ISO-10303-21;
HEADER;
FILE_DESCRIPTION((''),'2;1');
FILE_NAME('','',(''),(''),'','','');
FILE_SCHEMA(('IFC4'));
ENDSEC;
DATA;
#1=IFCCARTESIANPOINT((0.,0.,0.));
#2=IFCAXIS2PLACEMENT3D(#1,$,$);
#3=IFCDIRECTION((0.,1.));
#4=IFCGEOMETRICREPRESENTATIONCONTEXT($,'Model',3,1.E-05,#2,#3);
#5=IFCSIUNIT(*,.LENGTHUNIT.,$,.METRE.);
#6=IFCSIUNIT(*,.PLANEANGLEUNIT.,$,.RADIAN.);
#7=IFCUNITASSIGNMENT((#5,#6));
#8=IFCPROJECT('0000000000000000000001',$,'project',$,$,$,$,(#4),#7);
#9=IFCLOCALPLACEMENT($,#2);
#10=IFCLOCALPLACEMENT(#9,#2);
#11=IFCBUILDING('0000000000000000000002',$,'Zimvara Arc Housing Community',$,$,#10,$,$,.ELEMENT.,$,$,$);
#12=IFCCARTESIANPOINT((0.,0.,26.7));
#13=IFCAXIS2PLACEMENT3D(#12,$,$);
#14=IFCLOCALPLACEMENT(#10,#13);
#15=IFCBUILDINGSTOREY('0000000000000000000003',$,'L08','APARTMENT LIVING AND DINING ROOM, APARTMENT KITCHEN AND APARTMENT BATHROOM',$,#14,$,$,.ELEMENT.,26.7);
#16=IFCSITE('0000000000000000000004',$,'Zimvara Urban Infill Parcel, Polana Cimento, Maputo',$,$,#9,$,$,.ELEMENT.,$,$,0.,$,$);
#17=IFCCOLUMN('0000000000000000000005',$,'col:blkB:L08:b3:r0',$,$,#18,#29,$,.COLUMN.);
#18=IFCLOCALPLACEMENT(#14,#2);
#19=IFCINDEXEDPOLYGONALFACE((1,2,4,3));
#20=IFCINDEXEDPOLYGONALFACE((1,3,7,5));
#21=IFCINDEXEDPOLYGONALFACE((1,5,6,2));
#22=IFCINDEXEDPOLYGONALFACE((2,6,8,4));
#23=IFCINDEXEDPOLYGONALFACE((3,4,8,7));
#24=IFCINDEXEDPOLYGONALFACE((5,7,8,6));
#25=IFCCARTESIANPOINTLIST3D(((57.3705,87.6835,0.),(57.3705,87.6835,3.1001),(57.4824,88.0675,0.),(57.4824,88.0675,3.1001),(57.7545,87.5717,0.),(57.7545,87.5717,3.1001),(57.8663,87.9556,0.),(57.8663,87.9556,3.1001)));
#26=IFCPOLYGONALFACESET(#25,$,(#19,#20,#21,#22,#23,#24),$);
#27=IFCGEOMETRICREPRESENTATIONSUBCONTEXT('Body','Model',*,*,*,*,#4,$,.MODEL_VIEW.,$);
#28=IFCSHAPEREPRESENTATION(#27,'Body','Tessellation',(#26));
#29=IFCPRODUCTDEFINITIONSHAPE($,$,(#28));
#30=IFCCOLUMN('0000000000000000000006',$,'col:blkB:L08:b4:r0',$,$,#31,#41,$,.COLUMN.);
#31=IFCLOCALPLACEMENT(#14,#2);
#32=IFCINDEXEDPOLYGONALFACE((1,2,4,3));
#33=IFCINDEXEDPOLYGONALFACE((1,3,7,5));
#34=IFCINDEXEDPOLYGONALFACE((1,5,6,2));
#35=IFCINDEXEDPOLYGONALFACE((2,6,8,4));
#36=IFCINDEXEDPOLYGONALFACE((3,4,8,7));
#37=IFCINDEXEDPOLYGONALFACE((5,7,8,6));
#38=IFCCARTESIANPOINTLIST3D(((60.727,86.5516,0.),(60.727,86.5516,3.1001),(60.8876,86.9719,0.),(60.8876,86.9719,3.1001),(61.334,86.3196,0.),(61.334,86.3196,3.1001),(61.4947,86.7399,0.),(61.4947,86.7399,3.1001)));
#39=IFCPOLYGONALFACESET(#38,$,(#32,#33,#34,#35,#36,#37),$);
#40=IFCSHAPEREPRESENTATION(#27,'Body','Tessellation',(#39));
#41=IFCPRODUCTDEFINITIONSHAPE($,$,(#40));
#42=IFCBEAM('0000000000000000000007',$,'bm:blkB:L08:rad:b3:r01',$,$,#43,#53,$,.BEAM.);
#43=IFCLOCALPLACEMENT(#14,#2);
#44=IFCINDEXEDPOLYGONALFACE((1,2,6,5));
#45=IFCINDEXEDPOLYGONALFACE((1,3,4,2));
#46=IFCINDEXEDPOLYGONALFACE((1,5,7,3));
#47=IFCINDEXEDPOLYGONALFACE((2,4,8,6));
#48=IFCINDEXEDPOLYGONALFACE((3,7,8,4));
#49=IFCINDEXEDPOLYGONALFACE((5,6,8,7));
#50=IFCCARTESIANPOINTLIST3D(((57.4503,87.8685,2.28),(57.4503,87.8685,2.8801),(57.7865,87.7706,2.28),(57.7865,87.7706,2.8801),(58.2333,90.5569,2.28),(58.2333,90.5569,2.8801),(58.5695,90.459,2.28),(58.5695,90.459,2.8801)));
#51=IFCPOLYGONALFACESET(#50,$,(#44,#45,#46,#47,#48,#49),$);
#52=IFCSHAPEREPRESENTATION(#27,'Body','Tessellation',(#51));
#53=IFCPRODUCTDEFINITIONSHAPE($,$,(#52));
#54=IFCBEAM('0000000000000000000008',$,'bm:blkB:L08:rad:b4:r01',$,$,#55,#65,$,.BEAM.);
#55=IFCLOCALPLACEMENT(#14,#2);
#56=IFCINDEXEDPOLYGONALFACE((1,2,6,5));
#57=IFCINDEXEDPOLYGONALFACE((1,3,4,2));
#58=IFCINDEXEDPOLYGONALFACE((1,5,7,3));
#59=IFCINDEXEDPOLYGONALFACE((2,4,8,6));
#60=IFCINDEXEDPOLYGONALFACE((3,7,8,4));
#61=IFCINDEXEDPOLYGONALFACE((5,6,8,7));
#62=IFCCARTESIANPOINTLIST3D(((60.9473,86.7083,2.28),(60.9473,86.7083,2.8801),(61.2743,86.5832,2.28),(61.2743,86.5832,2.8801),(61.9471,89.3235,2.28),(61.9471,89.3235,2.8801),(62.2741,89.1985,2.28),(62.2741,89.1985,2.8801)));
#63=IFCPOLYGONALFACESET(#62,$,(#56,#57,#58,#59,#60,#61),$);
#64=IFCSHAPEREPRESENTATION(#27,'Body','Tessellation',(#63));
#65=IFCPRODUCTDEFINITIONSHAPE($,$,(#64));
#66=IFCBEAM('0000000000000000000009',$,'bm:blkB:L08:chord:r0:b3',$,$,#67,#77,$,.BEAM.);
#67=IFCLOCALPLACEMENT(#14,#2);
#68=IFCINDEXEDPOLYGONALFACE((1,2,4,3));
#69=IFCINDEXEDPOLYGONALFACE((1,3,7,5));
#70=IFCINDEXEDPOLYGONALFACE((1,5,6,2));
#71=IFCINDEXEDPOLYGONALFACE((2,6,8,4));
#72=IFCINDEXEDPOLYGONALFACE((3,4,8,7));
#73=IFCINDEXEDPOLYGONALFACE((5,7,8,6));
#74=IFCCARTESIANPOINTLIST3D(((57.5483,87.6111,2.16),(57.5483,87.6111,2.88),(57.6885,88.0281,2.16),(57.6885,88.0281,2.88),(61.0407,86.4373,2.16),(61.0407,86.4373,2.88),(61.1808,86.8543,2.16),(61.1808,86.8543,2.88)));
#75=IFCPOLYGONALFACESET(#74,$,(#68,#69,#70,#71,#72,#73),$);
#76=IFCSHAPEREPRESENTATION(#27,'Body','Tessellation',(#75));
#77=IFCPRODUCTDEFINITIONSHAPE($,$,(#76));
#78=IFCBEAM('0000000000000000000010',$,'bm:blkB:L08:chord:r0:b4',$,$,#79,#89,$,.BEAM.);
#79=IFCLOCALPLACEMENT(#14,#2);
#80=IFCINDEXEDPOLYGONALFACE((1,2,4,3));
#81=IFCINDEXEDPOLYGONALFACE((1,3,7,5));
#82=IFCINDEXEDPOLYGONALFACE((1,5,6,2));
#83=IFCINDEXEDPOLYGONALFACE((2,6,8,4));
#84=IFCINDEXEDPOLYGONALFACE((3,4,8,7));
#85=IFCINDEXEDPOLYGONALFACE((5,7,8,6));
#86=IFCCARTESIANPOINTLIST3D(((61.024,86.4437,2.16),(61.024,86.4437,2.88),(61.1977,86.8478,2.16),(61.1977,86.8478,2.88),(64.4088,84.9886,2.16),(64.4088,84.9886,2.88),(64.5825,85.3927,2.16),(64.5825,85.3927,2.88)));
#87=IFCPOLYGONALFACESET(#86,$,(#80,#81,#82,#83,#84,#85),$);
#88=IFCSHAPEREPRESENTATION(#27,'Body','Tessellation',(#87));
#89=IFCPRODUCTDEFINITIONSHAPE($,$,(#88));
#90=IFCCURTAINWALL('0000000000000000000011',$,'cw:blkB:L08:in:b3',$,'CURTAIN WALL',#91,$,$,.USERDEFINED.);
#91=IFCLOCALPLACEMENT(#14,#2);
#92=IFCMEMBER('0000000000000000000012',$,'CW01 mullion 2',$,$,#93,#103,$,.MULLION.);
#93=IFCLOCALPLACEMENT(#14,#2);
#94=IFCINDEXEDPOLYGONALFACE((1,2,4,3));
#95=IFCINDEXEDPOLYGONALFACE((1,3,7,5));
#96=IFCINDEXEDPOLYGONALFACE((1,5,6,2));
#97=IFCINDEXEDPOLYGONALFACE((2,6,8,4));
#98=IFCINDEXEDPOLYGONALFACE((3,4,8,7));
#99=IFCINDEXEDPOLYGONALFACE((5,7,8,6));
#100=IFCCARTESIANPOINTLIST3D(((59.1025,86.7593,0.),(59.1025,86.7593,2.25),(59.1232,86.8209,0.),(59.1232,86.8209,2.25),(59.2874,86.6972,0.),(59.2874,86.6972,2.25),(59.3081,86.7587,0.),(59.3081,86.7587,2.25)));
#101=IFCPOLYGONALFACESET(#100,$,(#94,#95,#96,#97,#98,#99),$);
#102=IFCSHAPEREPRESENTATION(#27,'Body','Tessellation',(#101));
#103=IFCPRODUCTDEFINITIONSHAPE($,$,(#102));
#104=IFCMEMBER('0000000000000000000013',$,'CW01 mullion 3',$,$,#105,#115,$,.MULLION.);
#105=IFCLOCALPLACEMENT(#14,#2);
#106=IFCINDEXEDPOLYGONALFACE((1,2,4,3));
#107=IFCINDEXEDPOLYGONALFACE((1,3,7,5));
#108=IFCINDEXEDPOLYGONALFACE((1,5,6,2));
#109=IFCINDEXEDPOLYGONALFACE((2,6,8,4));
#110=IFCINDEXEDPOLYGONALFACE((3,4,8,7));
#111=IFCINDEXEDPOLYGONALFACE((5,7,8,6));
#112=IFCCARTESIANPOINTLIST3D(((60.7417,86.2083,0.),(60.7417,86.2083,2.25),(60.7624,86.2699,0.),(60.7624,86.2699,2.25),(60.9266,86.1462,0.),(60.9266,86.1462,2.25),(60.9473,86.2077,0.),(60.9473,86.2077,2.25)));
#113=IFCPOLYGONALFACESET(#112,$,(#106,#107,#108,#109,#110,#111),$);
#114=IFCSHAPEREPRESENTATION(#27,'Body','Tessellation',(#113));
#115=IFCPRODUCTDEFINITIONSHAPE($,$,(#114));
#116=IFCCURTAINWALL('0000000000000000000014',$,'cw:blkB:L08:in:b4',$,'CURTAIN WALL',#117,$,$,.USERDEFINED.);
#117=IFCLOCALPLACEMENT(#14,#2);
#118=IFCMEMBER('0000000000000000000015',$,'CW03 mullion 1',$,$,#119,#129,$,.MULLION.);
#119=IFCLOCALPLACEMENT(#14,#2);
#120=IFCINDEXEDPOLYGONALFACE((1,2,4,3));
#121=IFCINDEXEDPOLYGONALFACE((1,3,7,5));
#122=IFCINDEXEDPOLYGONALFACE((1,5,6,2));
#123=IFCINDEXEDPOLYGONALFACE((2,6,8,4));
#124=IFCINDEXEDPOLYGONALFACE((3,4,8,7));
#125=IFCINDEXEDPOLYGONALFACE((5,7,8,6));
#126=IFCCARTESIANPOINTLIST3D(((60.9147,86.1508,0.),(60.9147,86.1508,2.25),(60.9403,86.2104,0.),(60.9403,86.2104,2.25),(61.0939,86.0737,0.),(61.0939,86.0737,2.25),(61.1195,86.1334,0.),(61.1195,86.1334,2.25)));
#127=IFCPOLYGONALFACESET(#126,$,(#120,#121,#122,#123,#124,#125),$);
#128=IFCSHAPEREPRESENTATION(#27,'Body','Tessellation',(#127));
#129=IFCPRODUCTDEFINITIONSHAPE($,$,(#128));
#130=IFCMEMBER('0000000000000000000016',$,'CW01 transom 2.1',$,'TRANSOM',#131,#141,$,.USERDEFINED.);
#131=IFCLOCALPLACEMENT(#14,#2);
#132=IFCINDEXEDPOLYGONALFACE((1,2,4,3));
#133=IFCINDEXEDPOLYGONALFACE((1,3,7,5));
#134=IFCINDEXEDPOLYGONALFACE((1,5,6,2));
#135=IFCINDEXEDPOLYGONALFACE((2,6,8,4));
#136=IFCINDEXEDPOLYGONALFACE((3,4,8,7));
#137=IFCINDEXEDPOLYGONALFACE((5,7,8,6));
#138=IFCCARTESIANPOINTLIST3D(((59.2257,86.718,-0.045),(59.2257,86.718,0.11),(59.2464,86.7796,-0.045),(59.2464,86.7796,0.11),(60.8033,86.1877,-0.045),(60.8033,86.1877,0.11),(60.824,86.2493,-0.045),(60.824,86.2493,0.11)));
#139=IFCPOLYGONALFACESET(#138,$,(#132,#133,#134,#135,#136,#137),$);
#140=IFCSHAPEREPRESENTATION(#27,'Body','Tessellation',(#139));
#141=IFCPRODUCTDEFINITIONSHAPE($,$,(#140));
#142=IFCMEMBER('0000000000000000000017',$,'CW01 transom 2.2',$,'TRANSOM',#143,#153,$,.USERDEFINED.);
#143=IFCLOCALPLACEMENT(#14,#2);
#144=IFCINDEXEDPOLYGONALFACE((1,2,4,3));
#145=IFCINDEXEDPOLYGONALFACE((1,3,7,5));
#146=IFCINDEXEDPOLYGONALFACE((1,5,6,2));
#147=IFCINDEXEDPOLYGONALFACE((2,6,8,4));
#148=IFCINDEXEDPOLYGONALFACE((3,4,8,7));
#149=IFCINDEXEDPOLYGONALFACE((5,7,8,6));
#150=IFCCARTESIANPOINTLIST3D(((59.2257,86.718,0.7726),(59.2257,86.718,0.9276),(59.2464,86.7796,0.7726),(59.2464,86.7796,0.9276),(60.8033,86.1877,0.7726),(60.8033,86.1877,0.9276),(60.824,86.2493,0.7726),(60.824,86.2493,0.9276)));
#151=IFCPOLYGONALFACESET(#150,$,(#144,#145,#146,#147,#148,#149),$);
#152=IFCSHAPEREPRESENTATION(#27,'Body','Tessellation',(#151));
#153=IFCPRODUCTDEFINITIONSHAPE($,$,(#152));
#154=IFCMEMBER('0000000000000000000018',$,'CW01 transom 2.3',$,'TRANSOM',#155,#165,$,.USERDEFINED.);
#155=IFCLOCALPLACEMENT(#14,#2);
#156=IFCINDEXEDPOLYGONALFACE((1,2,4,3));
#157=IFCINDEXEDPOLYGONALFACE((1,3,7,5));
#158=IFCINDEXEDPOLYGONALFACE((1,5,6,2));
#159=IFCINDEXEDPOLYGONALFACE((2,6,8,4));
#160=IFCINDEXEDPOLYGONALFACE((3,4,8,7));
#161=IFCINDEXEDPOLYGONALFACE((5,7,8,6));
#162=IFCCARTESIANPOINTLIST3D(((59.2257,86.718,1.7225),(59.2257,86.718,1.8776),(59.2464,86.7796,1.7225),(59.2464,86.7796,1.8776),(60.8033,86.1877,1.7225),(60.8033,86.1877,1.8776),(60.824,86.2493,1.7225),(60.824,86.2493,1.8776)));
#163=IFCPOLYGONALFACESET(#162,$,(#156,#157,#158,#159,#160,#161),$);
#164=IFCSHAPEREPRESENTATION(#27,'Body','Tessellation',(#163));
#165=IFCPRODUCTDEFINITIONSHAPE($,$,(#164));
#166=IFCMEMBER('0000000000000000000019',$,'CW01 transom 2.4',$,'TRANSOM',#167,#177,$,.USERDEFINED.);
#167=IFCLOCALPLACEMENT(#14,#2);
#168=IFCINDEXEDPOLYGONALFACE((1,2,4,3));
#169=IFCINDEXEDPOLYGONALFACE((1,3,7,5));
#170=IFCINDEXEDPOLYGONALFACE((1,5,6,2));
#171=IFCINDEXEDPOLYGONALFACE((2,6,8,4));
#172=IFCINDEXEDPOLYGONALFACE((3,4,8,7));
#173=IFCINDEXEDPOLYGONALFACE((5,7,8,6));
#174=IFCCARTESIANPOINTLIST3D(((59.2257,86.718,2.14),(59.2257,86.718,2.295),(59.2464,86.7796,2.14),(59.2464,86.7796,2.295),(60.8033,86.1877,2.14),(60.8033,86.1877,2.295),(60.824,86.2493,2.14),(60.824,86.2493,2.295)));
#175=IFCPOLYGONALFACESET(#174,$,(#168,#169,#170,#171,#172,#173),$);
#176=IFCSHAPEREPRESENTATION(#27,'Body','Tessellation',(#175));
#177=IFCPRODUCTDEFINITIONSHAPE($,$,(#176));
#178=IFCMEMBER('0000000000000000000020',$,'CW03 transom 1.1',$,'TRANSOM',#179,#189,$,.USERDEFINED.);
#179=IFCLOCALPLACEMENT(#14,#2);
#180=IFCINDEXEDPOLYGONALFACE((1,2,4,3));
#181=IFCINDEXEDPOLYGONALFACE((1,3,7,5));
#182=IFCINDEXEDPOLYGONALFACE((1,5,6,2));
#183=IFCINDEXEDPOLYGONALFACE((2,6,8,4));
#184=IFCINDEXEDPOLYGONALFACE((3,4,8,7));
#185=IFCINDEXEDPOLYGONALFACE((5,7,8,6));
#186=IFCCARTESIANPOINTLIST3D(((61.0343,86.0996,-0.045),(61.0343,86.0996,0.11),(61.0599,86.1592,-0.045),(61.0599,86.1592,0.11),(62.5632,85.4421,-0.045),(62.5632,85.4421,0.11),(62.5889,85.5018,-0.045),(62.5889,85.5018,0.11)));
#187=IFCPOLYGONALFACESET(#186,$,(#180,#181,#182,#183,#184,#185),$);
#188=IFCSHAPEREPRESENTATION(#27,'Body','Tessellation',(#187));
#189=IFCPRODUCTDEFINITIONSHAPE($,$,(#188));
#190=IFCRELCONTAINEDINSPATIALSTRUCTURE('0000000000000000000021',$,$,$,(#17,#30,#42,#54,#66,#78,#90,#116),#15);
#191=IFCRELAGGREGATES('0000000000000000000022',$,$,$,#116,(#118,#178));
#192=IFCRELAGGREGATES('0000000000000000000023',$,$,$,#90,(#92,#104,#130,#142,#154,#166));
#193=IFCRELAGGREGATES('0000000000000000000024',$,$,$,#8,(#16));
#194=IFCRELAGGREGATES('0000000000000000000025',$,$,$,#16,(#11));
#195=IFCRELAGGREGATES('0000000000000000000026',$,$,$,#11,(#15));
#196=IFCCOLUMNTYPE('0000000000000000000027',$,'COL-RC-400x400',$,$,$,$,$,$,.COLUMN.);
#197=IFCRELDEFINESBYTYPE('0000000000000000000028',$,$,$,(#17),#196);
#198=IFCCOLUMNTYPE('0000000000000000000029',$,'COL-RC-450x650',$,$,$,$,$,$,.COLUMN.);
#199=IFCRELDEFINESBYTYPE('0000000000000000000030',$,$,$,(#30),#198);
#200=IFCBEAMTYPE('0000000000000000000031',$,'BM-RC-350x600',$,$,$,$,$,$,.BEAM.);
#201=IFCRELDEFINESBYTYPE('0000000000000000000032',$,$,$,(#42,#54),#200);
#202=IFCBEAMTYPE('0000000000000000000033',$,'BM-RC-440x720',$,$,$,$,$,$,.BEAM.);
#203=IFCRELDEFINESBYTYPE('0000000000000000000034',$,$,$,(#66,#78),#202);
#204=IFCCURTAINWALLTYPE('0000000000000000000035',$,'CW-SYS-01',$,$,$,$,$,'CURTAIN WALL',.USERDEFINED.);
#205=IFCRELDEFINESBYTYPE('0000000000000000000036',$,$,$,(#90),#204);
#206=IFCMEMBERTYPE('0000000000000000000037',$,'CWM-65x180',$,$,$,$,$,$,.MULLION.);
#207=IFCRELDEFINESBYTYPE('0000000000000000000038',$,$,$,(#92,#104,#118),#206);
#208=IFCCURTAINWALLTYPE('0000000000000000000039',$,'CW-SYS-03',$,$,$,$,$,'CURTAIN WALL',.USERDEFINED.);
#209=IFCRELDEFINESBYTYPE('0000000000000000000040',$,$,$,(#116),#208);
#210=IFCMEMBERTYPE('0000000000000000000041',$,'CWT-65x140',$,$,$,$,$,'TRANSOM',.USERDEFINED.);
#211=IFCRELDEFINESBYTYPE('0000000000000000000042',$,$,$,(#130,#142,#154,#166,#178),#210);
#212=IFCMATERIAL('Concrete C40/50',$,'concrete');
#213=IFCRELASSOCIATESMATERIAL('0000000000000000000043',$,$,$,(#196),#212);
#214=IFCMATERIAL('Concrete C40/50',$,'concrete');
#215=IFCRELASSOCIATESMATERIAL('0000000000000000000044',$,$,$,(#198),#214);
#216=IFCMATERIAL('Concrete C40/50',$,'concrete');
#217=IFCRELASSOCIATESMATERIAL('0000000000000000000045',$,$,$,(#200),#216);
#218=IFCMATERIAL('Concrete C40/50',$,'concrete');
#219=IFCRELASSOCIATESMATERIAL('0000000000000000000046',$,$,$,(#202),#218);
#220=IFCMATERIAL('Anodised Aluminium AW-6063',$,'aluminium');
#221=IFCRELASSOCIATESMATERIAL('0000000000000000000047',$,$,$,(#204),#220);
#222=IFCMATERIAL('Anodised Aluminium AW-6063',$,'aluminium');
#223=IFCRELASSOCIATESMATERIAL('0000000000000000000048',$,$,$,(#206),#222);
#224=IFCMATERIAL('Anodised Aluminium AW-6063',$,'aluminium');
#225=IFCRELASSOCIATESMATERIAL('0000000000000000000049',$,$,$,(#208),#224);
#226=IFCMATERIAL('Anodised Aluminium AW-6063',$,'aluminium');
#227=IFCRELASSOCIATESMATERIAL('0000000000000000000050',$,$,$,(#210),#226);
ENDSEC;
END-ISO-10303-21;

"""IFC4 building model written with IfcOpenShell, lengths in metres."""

from ifc_helpers import new_model, si_unit, direction, frame, origin, origin_2d, place, context, subcontext, project, spatial, rectangle, extrude, material, material_profile, profile_set, type_object, element, aggregate, save


model = new_model("IFC4")

# Units and contexts
model_context = context("Model", 3, precision=1e-05, world=origin(), true_north=direction((0.0, 1.0)))
body_context = subcontext(model_context, "Body", "Model", "MODEL_VIEW")
ifc_project = project(units=[si_unit("LENGTHUNIT", "METRE"), si_unit("PLANEANGLEUNIT", "RADIAN")], contexts=[model_context])

# Site, building, storey
site_placement = place(None, origin())
site = spatial("IfcSite", under=ifc_project, at=site_placement, Name="Zimvara Urban Infill Parcel, Polana Cimento, Maputo", CompositionType="ELEMENT", RefElevation=0.0)
building_placement = place(site_placement, origin())
building = spatial("IfcBuilding", under=site, at=building_placement, Name="Zimvara Arc Housing Community", CompositionType="ELEMENT")
storey_placement = place(building_placement, frame((0.0, 0.0, 26.7)))
storey = spatial("IfcBuildingStorey", under=building, at=storey_placement, Name="L08", Description="APARTMENT LIVING AND DINING ROOM, APARTMENT KITCHEN AND APARTMENT BATHROOM", CompositionType="ELEMENT", Elevation=26.7)

# Columns
ifc_material_1 = material(Name="Concrete C40/50", Category="concrete")
ifc_material_profile_1 = material_profile(ifc_material_1, rectangle(XDim=0.3999, YDim=0.3999, at=origin_2d()), Name="RC 400x400")
ifc_profile_set_1 = profile_set([ifc_material_profile_1], Name="Concrete C40/50")
column_type_1 = type_object("IfcColumnType", Name="COL-RC-400x400", PredefinedType="COLUMN", material=ifc_profile_set_1)
column_1_placement = place(storey_placement, frame((57.6184, 87.8196, 0.0), z_axis=(0.0, 0.0, 1.0), x_axis=(0.279661, 0.960099, 0.0)))
element("IfcColumn", 1, at=column_1_placement, inside=storey, type_object=column_type_1, Name="col:blkB:L08:b3:r0", PredefinedType="COLUMN", context=body_context, shape_type="SweptSolid", body=[
    extrude(rectangle(XDim=0.3999, YDim=0.3999, at=origin_2d()), origin(), (0.0, 0.0, 1.0), 3.1001),
])
ifc_material_2 = material(Name="Concrete C40/50", Category="concrete")
ifc_material_profile_2 = material_profile(ifc_material_2, rectangle(XDim=0.45, YDim=0.6499, at=origin_2d()), Name="RC 450x650")
ifc_profile_set_2 = profile_set([ifc_material_profile_2], Name="Concrete C40/50")
column_type_2 = type_object("IfcColumnType", Name="COL-RC-450x650", PredefinedType="COLUMN", material=ifc_profile_set_2)
column_2_placement = place(storey_placement, frame((61.1108, 86.6458, 0.0), z_axis=(0.0, 0.0, 1.0), x_axis=(0.357064, 0.93408, 0.0)))
element("IfcColumn", 2, at=column_2_placement, inside=storey, type_object=column_type_2, Name="col:blkB:L08:b4:r0", PredefinedType="COLUMN", context=body_context, shape_type="SweptSolid", body=[
    extrude(rectangle(XDim=0.45, YDim=0.6499, at=origin_2d()), origin(), (0.0, 0.0, 1.0), 3.1001),
])

# Beams
ifc_material_3 = material(Name="Concrete C40/50", Category="concrete")
ifc_material_profile_3 = material_profile(ifc_material_3, rectangle(XDim=0.3501, YDim=0.6001, at=origin_2d()), Name="RC 350x600")
ifc_profile_set_3 = profile_set([ifc_material_profile_3], Name="Concrete C40/50")
beam_type_1 = type_object("IfcBeamType", Name="BM-RC-350x600", PredefinedType="BEAM", material=ifc_profile_set_3)
beam_1_placement = place(storey_placement, frame((57.6184, 87.8196, 2.5801), z_axis=(0.279635, 0.960106, 0.0), x_axis=(-0.960106, 0.279635, 0.0)))
element("IfcBeam", 3, at=beam_1_placement, inside=storey, type_object=beam_type_1, Name="bm:blkB:L08:rad:b3:r01", PredefinedType="BEAM", context=body_context, shape_type="SweptSolid", body=[
    extrude(rectangle(XDim=0.3501, YDim=0.6001, at=origin_2d()), origin(), (0.0, 0.0, 1.0), 2.8),
])
beam_2_placement = place(storey_placement, frame((61.1108, 86.6458, 2.5801), z_axis=(0.357079, 0.934074, 0.0), x_axis=(-0.934074, 0.357079, 0.0)))
element("IfcBeam", 4, at=beam_2_placement, inside=storey, type_object=beam_type_1, Name="bm:blkB:L08:rad:b4:r01", PredefinedType="BEAM", context=body_context, shape_type="SweptSolid", body=[
    extrude(rectangle(XDim=0.3501, YDim=0.6001, at=origin_2d()), origin(), (0.0, 0.0, 1.0), 2.7998),
])
ifc_material_4 = material(Name="Concrete C40/50", Category="concrete")
ifc_material_profile_4 = material_profile(ifc_material_4, rectangle(XDim=0.4399, YDim=0.72, at=origin_2d()), Name="RC 440x720")
ifc_profile_set_4 = profile_set([ifc_material_profile_4], Name="Concrete C40/50")
beam_type_2 = type_object("IfcBeamType", Name="BM-RC-440x720", PredefinedType="BEAM", material=ifc_profile_set_4)
for number, where, z_axis, x_axis, name in (
    (5, (57.6184, 87.8196, 2.52), (0.947892, -0.318592, 0.0), (0.318592, 0.947892, 0.0), "bm:blkB:L08:chord:r0:b3"),
    (6, (61.1108, 86.6458, 2.52), (0.918706, -0.394943, 0.0), (0.394943, 0.918706, 0.0), "bm:blkB:L08:chord:r0:b4"),
):
    element("IfcBeam", number, at=place(storey_placement, frame(where, z_axis=z_axis, x_axis=x_axis)), inside=storey, type_object=beam_type_2, Name=name, PredefinedType="BEAM", context=body_context, shape_type="SweptSolid", body=[
        extrude(rectangle(XDim=0.4399, YDim=0.72, at=origin_2d()), origin(), (0.0, 0.0, 1.0), 3.6843),
    ])

# Curtain wall, members
ifc_material_5 = material(Name="Anodised Aluminium AW-6063", Category="aluminium")
curtain_wall_type_1 = type_object("IfcCurtainWallType", Name="CW-SYS-01", ElementType="CURTAIN WALL", PredefinedType="USERDEFINED", material=ifc_material_5)
curtain_wall_1_placement = place(storey_placement, origin())
curtain_wall_1 = element("IfcCurtainWall", 7, at=curtain_wall_1_placement, inside=storey, type_object=curtain_wall_type_1, Name="cw:blkB:L08:in:b3", ObjectType="CURTAIN WALL", PredefinedType="USERDEFINED")
ifc_material_6 = material(Name="Anodised Aluminium AW-6063", Category="aluminium")
ifc_material_profile_5 = material_profile(ifc_material_6, rectangle(XDim=0.0649, YDim=0.1951, at=origin_2d()), Name="ALU 65x195")
ifc_profile_set_5 = profile_set([ifc_material_profile_5], Name="Anodised Aluminium AW-6063")
member_type_1 = type_object("IfcMemberType", Name="CWM-65x180", PredefinedType="MULLION", material=ifc_profile_set_5)
member_1_placement = place(storey_placement, frame((59.2053, 86.759, 0.0), z_axis=(0.0, 0.0, 1.0), x_axis=(0.31863, 0.947879, 0.0)))
member_1 = element("IfcMember", 8, at=member_1_placement, type_object=member_type_1, Name="CW01 mullion 2", PredefinedType="MULLION", context=body_context, shape_type="SweptSolid", body=[
    extrude(rectangle(XDim=0.0649, YDim=0.1951, at=origin_2d()), origin(), (0.0, 0.0, 1.0), 2.25),
])
member_2_placement = place(storey_placement, frame((60.8445, 86.208, 0.0), z_axis=(0.0, 0.0, 1.0), x_axis=(0.31863, 0.947879, 0.0)))
member_2 = element("IfcMember", 9, at=member_2_placement, type_object=member_type_1, Name="CW01 mullion 3", PredefinedType="MULLION", context=body_context, shape_type="SweptSolid", body=[
    extrude(rectangle(XDim=0.0649, YDim=0.1951, at=origin_2d()), origin(), (0.0, 0.0, 1.0), 2.25),
])

# Curtain wall, member
ifc_material_7 = material(Name="Anodised Aluminium AW-6063", Category="aluminium")
curtain_wall_type_2 = type_object("IfcCurtainWallType", Name="CW-SYS-03", ElementType="CURTAIN WALL", PredefinedType="USERDEFINED", material=ifc_material_7)
curtain_wall_2_placement = place(storey_placement, origin())
curtain_wall_2 = element("IfcCurtainWall", 10, at=curtain_wall_2_placement, inside=storey, type_object=curtain_wall_type_2, Name="cw:blkB:L08:in:b4", ObjectType="CURTAIN WALL", PredefinedType="USERDEFINED")
member_3_placement = place(storey_placement, frame((61.0171, 86.1421, 0.0), z_axis=(0.0, 0.0, 1.0), x_axis=(0.394904, 0.918722, 0.0)))
member_3 = element("IfcMember", 11, at=member_3_placement, type_object=member_type_1, Name="CW03 mullion 1", PredefinedType="MULLION", context=body_context, shape_type="SweptSolid", body=[
    extrude(rectangle(XDim=0.0649, YDim=0.1951, at=origin_2d()), origin(), (0.0, 0.0, 1.0), 2.25),
])

# Members
ifc_material_8 = material(Name="Anodised Aluminium AW-6063", Category="aluminium")
ifc_material_profile_6 = material_profile(ifc_material_8, rectangle(XDim=0.0649, YDim=0.155, at=origin_2d()), Name="ALU 65x155")
ifc_profile_set_6 = profile_set([ifc_material_profile_6], Name="Anodised Aluminium AW-6063")
member_type_2 = type_object("IfcMemberType", Name="CWT-65x140", ElementType="TRANSOM", PredefinedType="USERDEFINED", material=ifc_profile_set_6)
member_4_placement = place(storey_placement, frame((59.2361, 86.7488, 0.0325), z_axis=(0.947888, -0.318603, 0.0), x_axis=(0.318603, 0.947888, 0.0)))
member_4 = element("IfcMember", 12, at=member_4_placement, type_object=member_type_2, Name="CW01 transom 2.1", ObjectType="TRANSOM", PredefinedType="USERDEFINED", context=body_context, shape_type="SweptSolid", body=[
    extrude(rectangle(XDim=0.0649, YDim=0.155, at=origin_2d()), origin(), (0.0, 0.0, 1.0), 1.6643),
])
member_5_placement = place(storey_placement, frame((59.2361, 86.7488, 0.8501), z_axis=(0.947888, -0.318603, 0.0), x_axis=(0.318603, 0.947888, 0.0)))
member_5 = element("IfcMember", 13, at=member_5_placement, type_object=member_type_2, Name="CW01 transom 2.2", ObjectType="TRANSOM", PredefinedType="USERDEFINED", context=body_context, shape_type="SweptSolid", body=[
    extrude(rectangle(XDim=0.0649, YDim=0.155, at=origin_2d()), origin(), (0.0, 0.0, 1.0), 1.6643),
])
member_6_placement = place(storey_placement, frame((59.2361, 86.7488, 1.8), z_axis=(0.947888, -0.318603, 0.0), x_axis=(0.318603, 0.947888, 0.0)))
member_6 = element("IfcMember", 14, at=member_6_placement, type_object=member_type_2, Name="CW01 transom 2.3", ObjectType="TRANSOM", PredefinedType="USERDEFINED", context=body_context, shape_type="SweptSolid", body=[
    extrude(rectangle(XDim=0.0649, YDim=0.155, at=origin_2d()), origin(), (0.0, 0.0, 1.0), 1.6643),
])
member_7_placement = place(storey_placement, frame((59.2361, 86.7488, 2.2175), z_axis=(0.947888, -0.318603, 0.0), x_axis=(0.318603, 0.947888, 0.0)))
member_7 = element("IfcMember", 15, at=member_7_placement, type_object=member_type_2, Name="CW01 transom 2.4", ObjectType="TRANSOM", PredefinedType="USERDEFINED", context=body_context, shape_type="SweptSolid", body=[
    extrude(rectangle(XDim=0.0649, YDim=0.155, at=origin_2d()), origin(), (0.0, 0.0, 1.0), 1.6643),
])
member_8_placement = place(storey_placement, frame((61.0471, 86.1294, 0.0325), z_axis=(0.918674, -0.395017, 0.0), x_axis=(0.395017, 0.918674, 0.0)))
member_8 = element("IfcMember", 16, at=member_8_placement, type_object=member_type_2, Name="CW03 transom 1.1", ObjectType="TRANSOM", PredefinedType="USERDEFINED", context=body_context, shape_type="SweptSolid", body=[
    extrude(rectangle(XDim=0.0649, YDim=0.155, at=origin_2d()), origin(), (0.0, 0.0, 1.0), 1.6643),
])
aggregate(curtain_wall_2, [member_3, member_8])

aggregate(curtain_wall_1, [member_1, member_2, member_4, member_5, member_6, member_7])

save(model, "model.ifc")
